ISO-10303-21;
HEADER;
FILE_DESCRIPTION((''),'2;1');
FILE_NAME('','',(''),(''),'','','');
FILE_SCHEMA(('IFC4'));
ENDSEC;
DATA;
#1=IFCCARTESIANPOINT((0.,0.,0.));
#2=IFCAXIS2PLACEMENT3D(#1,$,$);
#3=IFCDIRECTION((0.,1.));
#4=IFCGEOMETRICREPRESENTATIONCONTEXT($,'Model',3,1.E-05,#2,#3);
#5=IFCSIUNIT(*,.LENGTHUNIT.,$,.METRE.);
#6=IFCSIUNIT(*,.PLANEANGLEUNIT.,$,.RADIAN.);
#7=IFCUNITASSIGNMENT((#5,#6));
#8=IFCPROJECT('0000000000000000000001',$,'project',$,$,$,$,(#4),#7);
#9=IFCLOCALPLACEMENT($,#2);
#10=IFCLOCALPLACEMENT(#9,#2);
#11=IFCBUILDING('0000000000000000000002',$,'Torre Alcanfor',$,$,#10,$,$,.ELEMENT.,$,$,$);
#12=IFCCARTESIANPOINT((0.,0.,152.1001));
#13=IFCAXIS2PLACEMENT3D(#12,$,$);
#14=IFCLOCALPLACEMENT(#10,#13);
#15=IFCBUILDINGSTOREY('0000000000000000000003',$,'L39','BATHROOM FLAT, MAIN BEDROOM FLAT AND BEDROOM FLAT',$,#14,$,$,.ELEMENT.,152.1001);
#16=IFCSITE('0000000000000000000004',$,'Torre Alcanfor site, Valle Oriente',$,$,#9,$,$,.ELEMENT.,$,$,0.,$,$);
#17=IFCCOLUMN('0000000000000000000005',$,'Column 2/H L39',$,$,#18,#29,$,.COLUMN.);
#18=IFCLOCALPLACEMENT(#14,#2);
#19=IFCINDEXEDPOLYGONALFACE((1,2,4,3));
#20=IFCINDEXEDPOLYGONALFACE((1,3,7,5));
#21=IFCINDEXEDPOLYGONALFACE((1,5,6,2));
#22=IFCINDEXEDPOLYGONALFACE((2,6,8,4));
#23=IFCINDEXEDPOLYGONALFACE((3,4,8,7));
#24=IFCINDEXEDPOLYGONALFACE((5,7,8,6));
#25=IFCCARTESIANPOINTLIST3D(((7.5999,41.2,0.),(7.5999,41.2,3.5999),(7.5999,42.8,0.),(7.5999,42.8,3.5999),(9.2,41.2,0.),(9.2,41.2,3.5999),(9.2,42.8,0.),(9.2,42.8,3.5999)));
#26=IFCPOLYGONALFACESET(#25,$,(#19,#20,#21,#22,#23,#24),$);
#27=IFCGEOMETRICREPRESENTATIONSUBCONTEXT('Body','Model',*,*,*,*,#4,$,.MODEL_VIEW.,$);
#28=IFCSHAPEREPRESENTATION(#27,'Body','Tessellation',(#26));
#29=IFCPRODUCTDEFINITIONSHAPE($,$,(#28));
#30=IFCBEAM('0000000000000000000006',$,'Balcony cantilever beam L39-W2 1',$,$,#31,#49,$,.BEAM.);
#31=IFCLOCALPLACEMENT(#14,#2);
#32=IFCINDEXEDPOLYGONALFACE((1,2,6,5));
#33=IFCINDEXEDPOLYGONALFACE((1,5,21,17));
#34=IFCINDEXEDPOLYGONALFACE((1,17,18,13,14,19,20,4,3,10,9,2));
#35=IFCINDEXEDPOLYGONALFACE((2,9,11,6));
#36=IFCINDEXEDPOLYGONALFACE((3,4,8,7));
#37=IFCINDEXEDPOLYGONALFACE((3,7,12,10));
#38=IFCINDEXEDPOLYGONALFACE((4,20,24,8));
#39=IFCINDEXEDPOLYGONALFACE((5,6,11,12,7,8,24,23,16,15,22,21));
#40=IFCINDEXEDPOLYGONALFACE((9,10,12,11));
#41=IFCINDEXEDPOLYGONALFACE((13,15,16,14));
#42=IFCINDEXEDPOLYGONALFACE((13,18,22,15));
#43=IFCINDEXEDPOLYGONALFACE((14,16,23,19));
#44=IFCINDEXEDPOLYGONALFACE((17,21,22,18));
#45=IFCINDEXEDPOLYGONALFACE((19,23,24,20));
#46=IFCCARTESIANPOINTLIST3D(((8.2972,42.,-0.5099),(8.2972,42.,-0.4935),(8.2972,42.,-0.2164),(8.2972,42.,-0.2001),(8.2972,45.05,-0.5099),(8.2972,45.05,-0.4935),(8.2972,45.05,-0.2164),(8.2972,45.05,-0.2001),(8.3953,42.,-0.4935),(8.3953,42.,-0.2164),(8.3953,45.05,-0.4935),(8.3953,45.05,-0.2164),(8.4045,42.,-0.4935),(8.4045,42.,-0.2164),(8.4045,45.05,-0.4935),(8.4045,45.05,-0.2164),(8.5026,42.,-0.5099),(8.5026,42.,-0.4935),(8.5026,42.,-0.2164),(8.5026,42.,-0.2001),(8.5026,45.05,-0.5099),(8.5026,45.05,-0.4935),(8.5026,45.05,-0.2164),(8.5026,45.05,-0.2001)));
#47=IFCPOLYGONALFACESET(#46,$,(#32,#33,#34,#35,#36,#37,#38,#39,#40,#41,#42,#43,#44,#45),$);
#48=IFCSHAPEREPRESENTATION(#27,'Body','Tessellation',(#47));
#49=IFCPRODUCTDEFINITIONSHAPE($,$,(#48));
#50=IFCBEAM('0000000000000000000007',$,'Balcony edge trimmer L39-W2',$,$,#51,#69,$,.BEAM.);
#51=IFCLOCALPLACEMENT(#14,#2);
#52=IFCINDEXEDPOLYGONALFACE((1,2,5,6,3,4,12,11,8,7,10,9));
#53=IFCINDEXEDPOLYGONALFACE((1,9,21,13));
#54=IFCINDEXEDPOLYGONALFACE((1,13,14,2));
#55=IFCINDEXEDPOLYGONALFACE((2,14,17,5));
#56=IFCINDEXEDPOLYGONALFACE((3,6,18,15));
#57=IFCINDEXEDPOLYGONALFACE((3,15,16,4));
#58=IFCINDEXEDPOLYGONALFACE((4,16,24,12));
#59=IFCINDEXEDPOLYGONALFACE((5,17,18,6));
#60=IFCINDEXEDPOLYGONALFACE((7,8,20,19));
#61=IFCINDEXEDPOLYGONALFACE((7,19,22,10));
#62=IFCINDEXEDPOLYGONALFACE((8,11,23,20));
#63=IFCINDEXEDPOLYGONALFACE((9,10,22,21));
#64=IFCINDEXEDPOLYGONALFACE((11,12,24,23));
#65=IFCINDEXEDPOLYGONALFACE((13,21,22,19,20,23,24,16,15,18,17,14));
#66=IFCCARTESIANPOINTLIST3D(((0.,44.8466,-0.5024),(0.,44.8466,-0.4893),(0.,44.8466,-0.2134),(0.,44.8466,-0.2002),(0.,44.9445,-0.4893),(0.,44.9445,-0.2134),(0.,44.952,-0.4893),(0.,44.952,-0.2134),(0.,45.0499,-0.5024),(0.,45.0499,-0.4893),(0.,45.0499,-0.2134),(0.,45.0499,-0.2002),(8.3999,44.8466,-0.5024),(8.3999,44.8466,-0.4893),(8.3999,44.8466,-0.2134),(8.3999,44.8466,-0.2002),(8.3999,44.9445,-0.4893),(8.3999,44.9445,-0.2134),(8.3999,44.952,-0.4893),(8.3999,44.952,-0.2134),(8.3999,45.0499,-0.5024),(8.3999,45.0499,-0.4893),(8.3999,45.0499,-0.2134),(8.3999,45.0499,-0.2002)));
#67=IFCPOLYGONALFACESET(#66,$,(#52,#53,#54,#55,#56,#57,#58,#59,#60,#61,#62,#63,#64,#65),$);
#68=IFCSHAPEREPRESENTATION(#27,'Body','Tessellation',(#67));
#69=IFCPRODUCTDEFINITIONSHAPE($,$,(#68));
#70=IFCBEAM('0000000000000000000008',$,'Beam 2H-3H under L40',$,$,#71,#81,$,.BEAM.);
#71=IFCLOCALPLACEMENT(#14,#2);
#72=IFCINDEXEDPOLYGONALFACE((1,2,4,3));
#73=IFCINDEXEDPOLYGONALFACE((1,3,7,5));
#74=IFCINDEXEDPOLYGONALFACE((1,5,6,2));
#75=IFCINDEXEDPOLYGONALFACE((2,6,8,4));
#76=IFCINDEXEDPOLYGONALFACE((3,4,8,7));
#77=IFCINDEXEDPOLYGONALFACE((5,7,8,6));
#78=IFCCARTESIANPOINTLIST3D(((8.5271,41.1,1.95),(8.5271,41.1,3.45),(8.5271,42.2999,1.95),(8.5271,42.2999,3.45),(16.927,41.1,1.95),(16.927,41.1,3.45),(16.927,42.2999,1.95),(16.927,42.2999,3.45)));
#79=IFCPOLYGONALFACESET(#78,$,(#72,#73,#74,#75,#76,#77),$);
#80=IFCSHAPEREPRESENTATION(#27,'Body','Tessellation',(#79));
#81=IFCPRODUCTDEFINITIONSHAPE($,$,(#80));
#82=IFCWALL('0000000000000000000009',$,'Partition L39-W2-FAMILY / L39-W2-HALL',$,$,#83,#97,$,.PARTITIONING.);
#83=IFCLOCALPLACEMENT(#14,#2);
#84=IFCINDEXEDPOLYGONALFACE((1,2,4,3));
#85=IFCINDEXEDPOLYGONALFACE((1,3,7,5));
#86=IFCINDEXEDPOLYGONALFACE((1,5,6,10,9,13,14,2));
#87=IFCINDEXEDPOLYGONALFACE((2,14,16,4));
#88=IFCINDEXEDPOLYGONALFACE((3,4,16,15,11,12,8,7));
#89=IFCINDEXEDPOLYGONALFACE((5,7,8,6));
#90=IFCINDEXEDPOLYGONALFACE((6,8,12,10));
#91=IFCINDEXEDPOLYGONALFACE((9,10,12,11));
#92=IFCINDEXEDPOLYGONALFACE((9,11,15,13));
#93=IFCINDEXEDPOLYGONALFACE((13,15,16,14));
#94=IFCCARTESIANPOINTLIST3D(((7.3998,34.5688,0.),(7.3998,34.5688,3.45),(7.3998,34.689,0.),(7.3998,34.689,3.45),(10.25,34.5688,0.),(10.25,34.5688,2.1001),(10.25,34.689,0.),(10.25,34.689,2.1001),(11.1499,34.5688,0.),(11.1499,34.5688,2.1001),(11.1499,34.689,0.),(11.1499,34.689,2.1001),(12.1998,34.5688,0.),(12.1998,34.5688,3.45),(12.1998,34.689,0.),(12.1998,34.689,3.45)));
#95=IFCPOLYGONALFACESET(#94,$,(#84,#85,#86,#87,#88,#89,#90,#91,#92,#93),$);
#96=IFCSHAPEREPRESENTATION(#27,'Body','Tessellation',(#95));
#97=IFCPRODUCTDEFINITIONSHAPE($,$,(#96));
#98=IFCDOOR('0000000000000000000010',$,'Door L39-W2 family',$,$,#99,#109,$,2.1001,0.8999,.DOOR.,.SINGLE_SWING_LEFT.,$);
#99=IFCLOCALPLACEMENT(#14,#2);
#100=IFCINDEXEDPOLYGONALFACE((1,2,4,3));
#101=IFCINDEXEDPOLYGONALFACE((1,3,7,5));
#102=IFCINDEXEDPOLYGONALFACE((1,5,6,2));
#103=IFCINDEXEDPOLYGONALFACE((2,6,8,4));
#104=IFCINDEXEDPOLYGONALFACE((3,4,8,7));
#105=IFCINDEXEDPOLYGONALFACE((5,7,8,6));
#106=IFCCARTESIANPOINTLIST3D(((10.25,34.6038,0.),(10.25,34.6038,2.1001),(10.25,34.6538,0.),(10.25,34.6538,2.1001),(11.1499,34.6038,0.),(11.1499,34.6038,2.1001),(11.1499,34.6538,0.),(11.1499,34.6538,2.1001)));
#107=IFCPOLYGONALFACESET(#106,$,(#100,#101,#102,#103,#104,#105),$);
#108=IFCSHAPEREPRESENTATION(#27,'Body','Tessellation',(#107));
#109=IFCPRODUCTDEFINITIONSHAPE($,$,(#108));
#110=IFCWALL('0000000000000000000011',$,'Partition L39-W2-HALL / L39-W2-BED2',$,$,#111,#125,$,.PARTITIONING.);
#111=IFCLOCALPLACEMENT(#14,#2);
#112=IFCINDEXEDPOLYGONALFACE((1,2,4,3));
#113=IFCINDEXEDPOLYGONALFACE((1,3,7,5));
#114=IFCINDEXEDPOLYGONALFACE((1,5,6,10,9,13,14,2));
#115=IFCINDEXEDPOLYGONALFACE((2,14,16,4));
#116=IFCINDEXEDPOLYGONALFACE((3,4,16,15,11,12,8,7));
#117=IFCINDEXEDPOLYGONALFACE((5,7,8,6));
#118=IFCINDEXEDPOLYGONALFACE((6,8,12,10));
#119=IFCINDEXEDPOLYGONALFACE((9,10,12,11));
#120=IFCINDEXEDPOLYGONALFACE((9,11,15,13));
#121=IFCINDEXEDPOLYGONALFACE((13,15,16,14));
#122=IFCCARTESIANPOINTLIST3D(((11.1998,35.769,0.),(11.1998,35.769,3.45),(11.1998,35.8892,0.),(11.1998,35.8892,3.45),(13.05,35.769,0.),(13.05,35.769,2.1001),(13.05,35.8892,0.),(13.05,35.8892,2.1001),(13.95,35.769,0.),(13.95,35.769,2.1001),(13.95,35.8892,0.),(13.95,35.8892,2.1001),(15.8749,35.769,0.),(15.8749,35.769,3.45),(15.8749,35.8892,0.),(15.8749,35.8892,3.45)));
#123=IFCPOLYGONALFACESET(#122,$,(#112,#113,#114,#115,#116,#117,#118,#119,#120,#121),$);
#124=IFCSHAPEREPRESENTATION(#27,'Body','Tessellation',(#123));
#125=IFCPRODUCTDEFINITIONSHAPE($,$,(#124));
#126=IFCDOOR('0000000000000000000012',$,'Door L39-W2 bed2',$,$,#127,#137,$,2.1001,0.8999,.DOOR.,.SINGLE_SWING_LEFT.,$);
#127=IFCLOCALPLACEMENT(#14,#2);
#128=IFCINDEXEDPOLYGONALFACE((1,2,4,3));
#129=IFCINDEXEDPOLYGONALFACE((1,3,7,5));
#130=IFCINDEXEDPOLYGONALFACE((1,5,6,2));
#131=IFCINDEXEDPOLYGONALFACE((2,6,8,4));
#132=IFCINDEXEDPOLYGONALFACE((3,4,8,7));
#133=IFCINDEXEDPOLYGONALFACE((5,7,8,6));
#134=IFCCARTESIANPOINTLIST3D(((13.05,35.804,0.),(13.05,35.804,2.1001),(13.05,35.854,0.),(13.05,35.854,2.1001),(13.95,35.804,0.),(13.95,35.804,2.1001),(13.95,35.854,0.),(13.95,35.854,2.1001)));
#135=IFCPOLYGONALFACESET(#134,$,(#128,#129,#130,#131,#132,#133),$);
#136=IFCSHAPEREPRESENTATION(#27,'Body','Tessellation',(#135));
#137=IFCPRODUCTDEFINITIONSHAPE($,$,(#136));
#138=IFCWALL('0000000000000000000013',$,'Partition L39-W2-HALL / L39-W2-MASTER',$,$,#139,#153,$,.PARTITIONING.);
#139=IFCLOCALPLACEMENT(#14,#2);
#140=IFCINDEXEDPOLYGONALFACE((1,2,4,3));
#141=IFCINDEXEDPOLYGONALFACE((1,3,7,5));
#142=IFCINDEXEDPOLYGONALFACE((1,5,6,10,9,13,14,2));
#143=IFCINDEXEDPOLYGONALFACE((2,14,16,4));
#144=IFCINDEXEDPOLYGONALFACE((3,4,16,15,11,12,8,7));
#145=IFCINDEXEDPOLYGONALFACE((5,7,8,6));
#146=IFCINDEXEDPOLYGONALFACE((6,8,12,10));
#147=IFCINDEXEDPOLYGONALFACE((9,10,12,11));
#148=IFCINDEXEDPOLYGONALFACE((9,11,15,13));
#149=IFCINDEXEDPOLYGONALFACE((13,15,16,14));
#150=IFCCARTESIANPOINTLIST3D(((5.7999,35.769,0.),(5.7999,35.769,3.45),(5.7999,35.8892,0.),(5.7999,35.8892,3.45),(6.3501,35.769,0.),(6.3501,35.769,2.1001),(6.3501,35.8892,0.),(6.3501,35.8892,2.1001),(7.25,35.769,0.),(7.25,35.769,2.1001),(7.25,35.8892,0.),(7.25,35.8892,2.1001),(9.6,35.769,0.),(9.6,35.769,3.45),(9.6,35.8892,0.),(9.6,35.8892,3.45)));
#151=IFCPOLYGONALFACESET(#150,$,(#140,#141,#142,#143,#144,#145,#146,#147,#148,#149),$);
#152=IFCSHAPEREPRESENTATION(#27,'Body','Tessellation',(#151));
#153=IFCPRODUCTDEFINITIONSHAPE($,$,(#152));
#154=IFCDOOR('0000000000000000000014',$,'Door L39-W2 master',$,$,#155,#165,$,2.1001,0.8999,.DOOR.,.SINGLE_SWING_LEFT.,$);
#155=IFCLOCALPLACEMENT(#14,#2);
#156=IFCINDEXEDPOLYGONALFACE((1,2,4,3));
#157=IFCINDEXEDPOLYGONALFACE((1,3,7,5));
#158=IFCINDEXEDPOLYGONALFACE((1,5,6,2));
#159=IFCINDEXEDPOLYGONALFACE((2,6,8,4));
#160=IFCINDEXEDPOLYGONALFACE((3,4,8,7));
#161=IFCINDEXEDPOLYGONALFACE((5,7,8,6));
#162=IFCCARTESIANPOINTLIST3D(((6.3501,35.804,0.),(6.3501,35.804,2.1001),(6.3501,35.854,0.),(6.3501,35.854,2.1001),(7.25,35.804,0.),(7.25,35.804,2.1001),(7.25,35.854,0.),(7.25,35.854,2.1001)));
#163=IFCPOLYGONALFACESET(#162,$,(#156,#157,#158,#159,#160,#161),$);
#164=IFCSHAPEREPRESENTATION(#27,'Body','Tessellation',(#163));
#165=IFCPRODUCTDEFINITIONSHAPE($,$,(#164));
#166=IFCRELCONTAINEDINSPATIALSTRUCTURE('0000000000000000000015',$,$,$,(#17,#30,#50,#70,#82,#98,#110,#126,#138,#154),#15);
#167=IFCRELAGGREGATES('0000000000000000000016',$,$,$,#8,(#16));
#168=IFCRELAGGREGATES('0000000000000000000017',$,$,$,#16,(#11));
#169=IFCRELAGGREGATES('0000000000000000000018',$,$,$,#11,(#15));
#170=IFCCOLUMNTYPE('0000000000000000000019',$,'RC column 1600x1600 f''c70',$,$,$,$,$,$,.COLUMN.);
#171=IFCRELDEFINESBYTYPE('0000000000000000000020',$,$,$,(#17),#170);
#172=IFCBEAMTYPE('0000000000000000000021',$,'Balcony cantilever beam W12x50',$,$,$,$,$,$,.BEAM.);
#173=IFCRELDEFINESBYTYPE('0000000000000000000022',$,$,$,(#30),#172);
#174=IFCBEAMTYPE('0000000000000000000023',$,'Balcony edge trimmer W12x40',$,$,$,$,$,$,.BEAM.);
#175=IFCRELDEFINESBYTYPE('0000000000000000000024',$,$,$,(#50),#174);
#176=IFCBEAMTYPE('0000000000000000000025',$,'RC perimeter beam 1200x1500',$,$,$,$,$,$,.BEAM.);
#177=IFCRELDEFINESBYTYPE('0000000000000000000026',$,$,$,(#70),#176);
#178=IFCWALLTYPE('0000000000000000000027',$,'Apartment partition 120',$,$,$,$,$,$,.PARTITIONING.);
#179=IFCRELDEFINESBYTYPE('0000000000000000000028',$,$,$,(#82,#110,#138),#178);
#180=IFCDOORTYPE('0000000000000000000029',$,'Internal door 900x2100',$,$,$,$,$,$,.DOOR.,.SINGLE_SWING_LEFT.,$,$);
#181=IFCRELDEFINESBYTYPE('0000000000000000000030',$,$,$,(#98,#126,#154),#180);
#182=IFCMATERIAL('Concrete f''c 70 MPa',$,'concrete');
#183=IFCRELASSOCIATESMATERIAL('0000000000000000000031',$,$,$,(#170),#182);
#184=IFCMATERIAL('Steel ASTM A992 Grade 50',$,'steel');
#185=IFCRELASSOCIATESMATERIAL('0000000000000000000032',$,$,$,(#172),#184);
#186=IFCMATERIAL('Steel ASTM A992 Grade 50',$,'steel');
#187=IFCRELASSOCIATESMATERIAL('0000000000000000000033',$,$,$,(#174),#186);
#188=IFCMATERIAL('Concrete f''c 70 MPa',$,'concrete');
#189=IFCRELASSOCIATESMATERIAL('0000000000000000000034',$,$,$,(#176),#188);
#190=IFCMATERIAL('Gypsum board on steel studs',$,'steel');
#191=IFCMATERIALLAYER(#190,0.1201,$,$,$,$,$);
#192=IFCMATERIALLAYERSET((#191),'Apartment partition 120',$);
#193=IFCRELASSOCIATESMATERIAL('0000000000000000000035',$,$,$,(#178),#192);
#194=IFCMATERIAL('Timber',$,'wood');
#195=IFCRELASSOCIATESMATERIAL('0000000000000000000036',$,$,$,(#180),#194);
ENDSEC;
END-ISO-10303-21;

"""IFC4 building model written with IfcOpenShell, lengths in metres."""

from ifc_helpers import new_model, si_unit, direction, frame, frame_2d, origin, origin_2d, place, context, subcontext, project, spatial, rectangle, i_section, extrude, material, layer, layer_set, material_profile, profile_set, type_object, element, fill, save


model = new_model("IFC4")

# Units and contexts
model_context = context("Model", 3, precision=1e-05, world=origin(), true_north=direction((0.0, 1.0)))
body_context = subcontext(model_context, "Body", "Model", "MODEL_VIEW")
ifc_project = project(units=[si_unit("LENGTHUNIT", "METRE"), si_unit("PLANEANGLEUNIT", "RADIAN")], contexts=[model_context])

# Site, building, storey
site_placement = place(None, origin())
site = spatial("IfcSite", under=ifc_project, at=site_placement, Name="Torre Alcanfor site, Valle Oriente", CompositionType="ELEMENT", RefElevation=0.0)
building_placement = place(site_placement, origin())
building = spatial("IfcBuilding", under=site, at=building_placement, Name="Torre Alcanfor", CompositionType="ELEMENT")
storey_placement = place(building_placement, frame((0.0, 0.0, 152.1001)))
storey = spatial("IfcBuildingStorey", under=building, at=storey_placement, Name="L39", Description="BATHROOM FLAT, MAIN BEDROOM FLAT AND BEDROOM FLAT", CompositionType="ELEMENT", Elevation=152.1001)

# Column
ifc_material_1 = material(Name="Concrete f'c 70 MPa", Category="concrete")
ifc_material_profile_1 = material_profile(ifc_material_1, rectangle(XDim=1.6001, YDim=1.6001, at=origin_2d()), Name="1600x1600")
ifc_profile_set_1 = profile_set([ifc_material_profile_1], Name="Concrete f'c 70 MPa")
column_type = type_object("IfcColumnType", Name="RC column 1600x1600 f'c70", PredefinedType="COLUMN", material=ifc_profile_set_1)
column_placement = place(storey_placement, frame((8.3999, 42.0, 0.0), z_axis=(0.0, 0.0, 1.0), x_axis=(1.0, 0.0, 0.0)))
element("IfcColumn", 1, at=column_placement, inside=storey, type_object=column_type, Name="Column 2/H L39", PredefinedType="COLUMN", context=body_context, shape_type="SweptSolid", body=[
    extrude(rectangle(XDim=1.6001, YDim=1.6001, at=origin_2d()), origin(), (0.0, 0.0, 1.0), 3.5999),
])

# Beams
ifc_material_2 = material(Name="Steel ASTM A992 Grade 50", Category="steel")
ifc_material_profile_2 = material_profile(ifc_material_2, i_section(OverallWidth=0.2053, OverallDepth=0.3098, WebThickness=0.0093, FlangeThickness=0.0164, at=origin_2d()), Name="W12x50")
ifc_profile_set_2 = profile_set([ifc_material_profile_2], Name="Steel ASTM A992 Grade 50")
beam_type_1 = type_object("IfcBeamType", Name="Balcony cantilever beam W12x50", PredefinedType="BEAM", material=ifc_profile_set_2)
beam_1_placement = place(storey_placement, frame((8.3999, 42.0, -0.355), z_axis=(0.0, 1.0, 0.0), x_axis=(-1.0, 0.0, 0.0)))
element("IfcBeam", 2, at=beam_1_placement, inside=storey, type_object=beam_type_1, Name="Balcony cantilever beam L39-W2 1", PredefinedType="BEAM", context=body_context, shape_type="SweptSolid", body=[
    extrude(i_section(OverallWidth=0.2053, OverallDepth=0.3098, WebThickness=0.0093, FlangeThickness=0.0164, at=origin_2d()), origin(), (0.0, 0.0, 1.0), 3.05),
])
ifc_material_3 = material(Name="Steel ASTM A992 Grade 50", Category="steel")
ifc_material_profile_3 = material_profile(ifc_material_3, i_section(OverallWidth=0.2034, OverallDepth=0.3022, WebThickness=0.0076, FlangeThickness=0.0132, at=origin_2d()), Name="W12x40")
ifc_profile_set_3 = profile_set([ifc_material_profile_3], Name="Steel ASTM A992 Grade 50")
beam_type_2 = type_object("IfcBeamType", Name="Balcony edge trimmer W12x40", PredefinedType="BEAM", material=ifc_profile_set_3)
beam_2_placement = place(storey_placement, frame((8.3999, 44.9482, -0.3513), z_axis=(-1.0, 0.0, 0.0), x_axis=(0.0, -1.0, 0.0)))
element("IfcBeam", 3, at=beam_2_placement, inside=storey, type_object=beam_type_2, Name="Balcony edge trimmer L39-W2", PredefinedType="BEAM", context=body_context, shape_type="SweptSolid", body=[
    extrude(i_section(OverallWidth=0.2034, OverallDepth=0.3022, WebThickness=0.0076, FlangeThickness=0.0132, at=origin_2d()), origin(), (0.0, 0.0, 1.0), 8.3999),
])
ifc_material_4 = material(Name="Concrete f'c 70 MPa", Category="concrete")
ifc_material_profile_4 = material_profile(ifc_material_4, rectangle(XDim=1.2, YDim=1.5, at=origin_2d()), Name="1200x1500")
ifc_profile_set_4 = profile_set([ifc_material_profile_4], Name="Concrete f'c 70 MPa")
beam_type_3 = type_object("IfcBeamType", Name="RC perimeter beam 1200x1500", PredefinedType="BEAM", material=ifc_profile_set_4)
beam_3_placement = place(storey_placement, frame((8.5271, 41.7, 2.7), z_axis=(1.0, 0.0, 0.0), x_axis=(0.0, 1.0, 0.0)))
element("IfcBeam", 4, at=beam_3_placement, inside=storey, type_object=beam_type_3, Name="Beam 2H-3H under L40", PredefinedType="BEAM", context=body_context, shape_type="SweptSolid", body=[
    extrude(rectangle(XDim=1.2, YDim=1.5, at=origin_2d()), origin(), (0.0, 0.0, 1.0), 8.3999),
])

# Walls, openings, doors
ifc_material_5 = material(Name="Gypsum board on steel studs", Category="steel")
ifc_layer_1 = layer(ifc_material_5, 0.1201)
ifc_layer_set_1 = layer_set([ifc_layer_1], Name="Apartment partition 120")
wall_type_1 = type_object("IfcWallType", Name="Apartment partition 120", PredefinedType="PARTITIONING", material=ifc_layer_set_1)
wall_1_placement = place(storey_placement, frame((7.3999, 34.6289, 0.0), z_axis=(0.0, 0.0, 1.0), x_axis=(1.0, 0.0, 0.0)))
wall_1 = element("IfcWall", 5, at=wall_1_placement, inside=storey, type_object=wall_type_1, Name="Partition L39-W2-FAMILY / L39-W2-HALL", PredefinedType="PARTITIONING", context=body_context, shape_type="SweptSolid", body=[
    extrude(rectangle(XDim=4.8, YDim=0.1201, at=frame_2d((2.3999, 0.0))), origin(), (0.0, 0.0, 1.0), 3.45),
])
opening_1_placement = place(wall_1_placement, frame((2.8501, 0.0, 0.0)))
opening_1 = element("IfcOpeningElement", 6, at=opening_1_placement, cuts=wall_1, PredefinedType="OPENING", context=body_context, shape_type="SweptSolid", body=[
    extrude(rectangle(XDim=0.8999, YDim=2.1001, at=frame_2d((0.45, 1.05))), frame((0.0, 0.0701, 0.0), z_axis=(0.0, -1.0, 0.0), x_axis=(1.0, 0.0, 0.0)), (0.0, 0.0, 1.0), 0.1401),
])
ifc_material_6 = material(Name="Timber", Category="wood")
door_type_1 = type_object("IfcDoorType", Name="Internal door 900x2100", OperationType="SINGLE_SWING_LEFT", PredefinedType="DOOR", material=ifc_material_6)
door_1_placement = place(opening_1_placement, frame((0.8999, 0.0, 0.0), z_axis=(0.0, 0.0, 1.0), x_axis=(-1.0, 0.0, 0.0)))
door_1 = element("IfcDoor", 7, at=door_1_placement, inside=storey, type_object=door_type_1, Name="Door L39-W2 family", OperationType="SINGLE_SWING_LEFT", OverallHeight=2.1001, OverallWidth=0.8999, PredefinedType="DOOR", context=body_context, shape_type="SweptSolid", body=[
    extrude(rectangle(XDim=0.8999, YDim=2.1001, at=frame_2d((0.45, 1.05))), frame((0.0, 0.0251, 0.0), z_axis=(0.0, -1.0, 0.0), x_axis=(1.0, 0.0, 0.0)), (0.0, 0.0, 1.0), 0.05),
])
fill(opening_1, door_1)
wall_2_placement = place(storey_placement, frame((11.2, 35.8291, 0.0), z_axis=(0.0, 0.0, 1.0), x_axis=(1.0, 0.0, 0.0)))
wall_2 = element("IfcWall", 8, at=wall_2_placement, inside=storey, type_object=wall_type_1, Name="Partition L39-W2-HALL / L39-W2-BED2", PredefinedType="PARTITIONING", context=body_context, shape_type="SweptSolid", body=[
    extrude(rectangle(XDim=4.675, YDim=0.1201, at=frame_2d((2.3374, 0.0))), origin(), (0.0, 0.0, 1.0), 3.45),
])
opening_2_placement = place(wall_2_placement, frame((1.8501, 0.0, 0.0)))
opening_2 = element("IfcOpeningElement", 9, at=opening_2_placement, cuts=wall_2, PredefinedType="OPENING", context=body_context, shape_type="SweptSolid", body=[
    extrude(rectangle(XDim=0.8999, YDim=2.1001, at=frame_2d((0.45, 1.05))), frame((0.0, 0.0701, 0.0), z_axis=(0.0, -1.0, 0.0), x_axis=(1.0, 0.0, 0.0)), (0.0, 0.0, 1.0), 0.1401),
])
door_2_placement = place(opening_2_placement, origin())
door_2 = element("IfcDoor", 10, at=door_2_placement, inside=storey, type_object=door_type_1, Name="Door L39-W2 bed2", OperationType="SINGLE_SWING_LEFT", OverallHeight=2.1001, OverallWidth=0.8999, PredefinedType="DOOR", context=body_context, shape_type="SweptSolid", body=[
    extrude(rectangle(XDim=0.8999, YDim=2.1001, at=frame_2d((0.45, 1.05))), frame((0.0, 0.0249, 0.0), z_axis=(0.0, -1.0, 0.0), x_axis=(1.0, 0.0, 0.0)), (0.0, 0.0, 1.0), 0.05),
])
fill(opening_2, door_2)
wall_3_placement = place(storey_placement, frame((5.8, 35.8291, 0.0), z_axis=(0.0, 0.0, 1.0), x_axis=(1.0, 0.0, 0.0)))
wall_3 = element("IfcWall", 11, at=wall_3_placement, inside=storey, type_object=wall_type_1, Name="Partition L39-W2-HALL / L39-W2-MASTER", PredefinedType="PARTITIONING", context=body_context, shape_type="SweptSolid", body=[
    extrude(rectangle(XDim=3.8, YDim=0.1201, at=frame_2d((1.8999, 0.0))), origin(), (0.0, 0.0, 1.0), 3.45),
])
opening_3_placement = place(wall_3_placement, frame((0.55, 0.0, 0.0)))
opening_3 = element("IfcOpeningElement", 12, at=opening_3_placement, cuts=wall_3, PredefinedType="OPENING", context=body_context, shape_type="SweptSolid", body=[
    extrude(rectangle(XDim=0.8999, YDim=2.1001, at=frame_2d((0.45, 1.05))), frame((0.0, 0.0701, 0.0), z_axis=(0.0, -1.0, 0.0), x_axis=(1.0, 0.0, 0.0)), (0.0, 0.0, 1.0), 0.1401),
])
door_3_placement = place(opening_3_placement, origin())
door_3 = element("IfcDoor", 13, at=door_3_placement, inside=storey, type_object=door_type_1, Name="Door L39-W2 master", OperationType="SINGLE_SWING_LEFT", OverallHeight=2.1001, OverallWidth=0.8999, PredefinedType="DOOR", context=body_context, shape_type="SweptSolid", body=[
    extrude(rectangle(XDim=0.8999, YDim=2.1001, at=frame_2d((0.45, 1.05))), frame((0.0, 0.0249, 0.0), z_axis=(0.0, -1.0, 0.0), x_axis=(1.0, 0.0, 0.0)), (0.0, 0.0, 1.0), 0.05),
])
fill(opening_3, door_3)

save(model, "model.ifc")
